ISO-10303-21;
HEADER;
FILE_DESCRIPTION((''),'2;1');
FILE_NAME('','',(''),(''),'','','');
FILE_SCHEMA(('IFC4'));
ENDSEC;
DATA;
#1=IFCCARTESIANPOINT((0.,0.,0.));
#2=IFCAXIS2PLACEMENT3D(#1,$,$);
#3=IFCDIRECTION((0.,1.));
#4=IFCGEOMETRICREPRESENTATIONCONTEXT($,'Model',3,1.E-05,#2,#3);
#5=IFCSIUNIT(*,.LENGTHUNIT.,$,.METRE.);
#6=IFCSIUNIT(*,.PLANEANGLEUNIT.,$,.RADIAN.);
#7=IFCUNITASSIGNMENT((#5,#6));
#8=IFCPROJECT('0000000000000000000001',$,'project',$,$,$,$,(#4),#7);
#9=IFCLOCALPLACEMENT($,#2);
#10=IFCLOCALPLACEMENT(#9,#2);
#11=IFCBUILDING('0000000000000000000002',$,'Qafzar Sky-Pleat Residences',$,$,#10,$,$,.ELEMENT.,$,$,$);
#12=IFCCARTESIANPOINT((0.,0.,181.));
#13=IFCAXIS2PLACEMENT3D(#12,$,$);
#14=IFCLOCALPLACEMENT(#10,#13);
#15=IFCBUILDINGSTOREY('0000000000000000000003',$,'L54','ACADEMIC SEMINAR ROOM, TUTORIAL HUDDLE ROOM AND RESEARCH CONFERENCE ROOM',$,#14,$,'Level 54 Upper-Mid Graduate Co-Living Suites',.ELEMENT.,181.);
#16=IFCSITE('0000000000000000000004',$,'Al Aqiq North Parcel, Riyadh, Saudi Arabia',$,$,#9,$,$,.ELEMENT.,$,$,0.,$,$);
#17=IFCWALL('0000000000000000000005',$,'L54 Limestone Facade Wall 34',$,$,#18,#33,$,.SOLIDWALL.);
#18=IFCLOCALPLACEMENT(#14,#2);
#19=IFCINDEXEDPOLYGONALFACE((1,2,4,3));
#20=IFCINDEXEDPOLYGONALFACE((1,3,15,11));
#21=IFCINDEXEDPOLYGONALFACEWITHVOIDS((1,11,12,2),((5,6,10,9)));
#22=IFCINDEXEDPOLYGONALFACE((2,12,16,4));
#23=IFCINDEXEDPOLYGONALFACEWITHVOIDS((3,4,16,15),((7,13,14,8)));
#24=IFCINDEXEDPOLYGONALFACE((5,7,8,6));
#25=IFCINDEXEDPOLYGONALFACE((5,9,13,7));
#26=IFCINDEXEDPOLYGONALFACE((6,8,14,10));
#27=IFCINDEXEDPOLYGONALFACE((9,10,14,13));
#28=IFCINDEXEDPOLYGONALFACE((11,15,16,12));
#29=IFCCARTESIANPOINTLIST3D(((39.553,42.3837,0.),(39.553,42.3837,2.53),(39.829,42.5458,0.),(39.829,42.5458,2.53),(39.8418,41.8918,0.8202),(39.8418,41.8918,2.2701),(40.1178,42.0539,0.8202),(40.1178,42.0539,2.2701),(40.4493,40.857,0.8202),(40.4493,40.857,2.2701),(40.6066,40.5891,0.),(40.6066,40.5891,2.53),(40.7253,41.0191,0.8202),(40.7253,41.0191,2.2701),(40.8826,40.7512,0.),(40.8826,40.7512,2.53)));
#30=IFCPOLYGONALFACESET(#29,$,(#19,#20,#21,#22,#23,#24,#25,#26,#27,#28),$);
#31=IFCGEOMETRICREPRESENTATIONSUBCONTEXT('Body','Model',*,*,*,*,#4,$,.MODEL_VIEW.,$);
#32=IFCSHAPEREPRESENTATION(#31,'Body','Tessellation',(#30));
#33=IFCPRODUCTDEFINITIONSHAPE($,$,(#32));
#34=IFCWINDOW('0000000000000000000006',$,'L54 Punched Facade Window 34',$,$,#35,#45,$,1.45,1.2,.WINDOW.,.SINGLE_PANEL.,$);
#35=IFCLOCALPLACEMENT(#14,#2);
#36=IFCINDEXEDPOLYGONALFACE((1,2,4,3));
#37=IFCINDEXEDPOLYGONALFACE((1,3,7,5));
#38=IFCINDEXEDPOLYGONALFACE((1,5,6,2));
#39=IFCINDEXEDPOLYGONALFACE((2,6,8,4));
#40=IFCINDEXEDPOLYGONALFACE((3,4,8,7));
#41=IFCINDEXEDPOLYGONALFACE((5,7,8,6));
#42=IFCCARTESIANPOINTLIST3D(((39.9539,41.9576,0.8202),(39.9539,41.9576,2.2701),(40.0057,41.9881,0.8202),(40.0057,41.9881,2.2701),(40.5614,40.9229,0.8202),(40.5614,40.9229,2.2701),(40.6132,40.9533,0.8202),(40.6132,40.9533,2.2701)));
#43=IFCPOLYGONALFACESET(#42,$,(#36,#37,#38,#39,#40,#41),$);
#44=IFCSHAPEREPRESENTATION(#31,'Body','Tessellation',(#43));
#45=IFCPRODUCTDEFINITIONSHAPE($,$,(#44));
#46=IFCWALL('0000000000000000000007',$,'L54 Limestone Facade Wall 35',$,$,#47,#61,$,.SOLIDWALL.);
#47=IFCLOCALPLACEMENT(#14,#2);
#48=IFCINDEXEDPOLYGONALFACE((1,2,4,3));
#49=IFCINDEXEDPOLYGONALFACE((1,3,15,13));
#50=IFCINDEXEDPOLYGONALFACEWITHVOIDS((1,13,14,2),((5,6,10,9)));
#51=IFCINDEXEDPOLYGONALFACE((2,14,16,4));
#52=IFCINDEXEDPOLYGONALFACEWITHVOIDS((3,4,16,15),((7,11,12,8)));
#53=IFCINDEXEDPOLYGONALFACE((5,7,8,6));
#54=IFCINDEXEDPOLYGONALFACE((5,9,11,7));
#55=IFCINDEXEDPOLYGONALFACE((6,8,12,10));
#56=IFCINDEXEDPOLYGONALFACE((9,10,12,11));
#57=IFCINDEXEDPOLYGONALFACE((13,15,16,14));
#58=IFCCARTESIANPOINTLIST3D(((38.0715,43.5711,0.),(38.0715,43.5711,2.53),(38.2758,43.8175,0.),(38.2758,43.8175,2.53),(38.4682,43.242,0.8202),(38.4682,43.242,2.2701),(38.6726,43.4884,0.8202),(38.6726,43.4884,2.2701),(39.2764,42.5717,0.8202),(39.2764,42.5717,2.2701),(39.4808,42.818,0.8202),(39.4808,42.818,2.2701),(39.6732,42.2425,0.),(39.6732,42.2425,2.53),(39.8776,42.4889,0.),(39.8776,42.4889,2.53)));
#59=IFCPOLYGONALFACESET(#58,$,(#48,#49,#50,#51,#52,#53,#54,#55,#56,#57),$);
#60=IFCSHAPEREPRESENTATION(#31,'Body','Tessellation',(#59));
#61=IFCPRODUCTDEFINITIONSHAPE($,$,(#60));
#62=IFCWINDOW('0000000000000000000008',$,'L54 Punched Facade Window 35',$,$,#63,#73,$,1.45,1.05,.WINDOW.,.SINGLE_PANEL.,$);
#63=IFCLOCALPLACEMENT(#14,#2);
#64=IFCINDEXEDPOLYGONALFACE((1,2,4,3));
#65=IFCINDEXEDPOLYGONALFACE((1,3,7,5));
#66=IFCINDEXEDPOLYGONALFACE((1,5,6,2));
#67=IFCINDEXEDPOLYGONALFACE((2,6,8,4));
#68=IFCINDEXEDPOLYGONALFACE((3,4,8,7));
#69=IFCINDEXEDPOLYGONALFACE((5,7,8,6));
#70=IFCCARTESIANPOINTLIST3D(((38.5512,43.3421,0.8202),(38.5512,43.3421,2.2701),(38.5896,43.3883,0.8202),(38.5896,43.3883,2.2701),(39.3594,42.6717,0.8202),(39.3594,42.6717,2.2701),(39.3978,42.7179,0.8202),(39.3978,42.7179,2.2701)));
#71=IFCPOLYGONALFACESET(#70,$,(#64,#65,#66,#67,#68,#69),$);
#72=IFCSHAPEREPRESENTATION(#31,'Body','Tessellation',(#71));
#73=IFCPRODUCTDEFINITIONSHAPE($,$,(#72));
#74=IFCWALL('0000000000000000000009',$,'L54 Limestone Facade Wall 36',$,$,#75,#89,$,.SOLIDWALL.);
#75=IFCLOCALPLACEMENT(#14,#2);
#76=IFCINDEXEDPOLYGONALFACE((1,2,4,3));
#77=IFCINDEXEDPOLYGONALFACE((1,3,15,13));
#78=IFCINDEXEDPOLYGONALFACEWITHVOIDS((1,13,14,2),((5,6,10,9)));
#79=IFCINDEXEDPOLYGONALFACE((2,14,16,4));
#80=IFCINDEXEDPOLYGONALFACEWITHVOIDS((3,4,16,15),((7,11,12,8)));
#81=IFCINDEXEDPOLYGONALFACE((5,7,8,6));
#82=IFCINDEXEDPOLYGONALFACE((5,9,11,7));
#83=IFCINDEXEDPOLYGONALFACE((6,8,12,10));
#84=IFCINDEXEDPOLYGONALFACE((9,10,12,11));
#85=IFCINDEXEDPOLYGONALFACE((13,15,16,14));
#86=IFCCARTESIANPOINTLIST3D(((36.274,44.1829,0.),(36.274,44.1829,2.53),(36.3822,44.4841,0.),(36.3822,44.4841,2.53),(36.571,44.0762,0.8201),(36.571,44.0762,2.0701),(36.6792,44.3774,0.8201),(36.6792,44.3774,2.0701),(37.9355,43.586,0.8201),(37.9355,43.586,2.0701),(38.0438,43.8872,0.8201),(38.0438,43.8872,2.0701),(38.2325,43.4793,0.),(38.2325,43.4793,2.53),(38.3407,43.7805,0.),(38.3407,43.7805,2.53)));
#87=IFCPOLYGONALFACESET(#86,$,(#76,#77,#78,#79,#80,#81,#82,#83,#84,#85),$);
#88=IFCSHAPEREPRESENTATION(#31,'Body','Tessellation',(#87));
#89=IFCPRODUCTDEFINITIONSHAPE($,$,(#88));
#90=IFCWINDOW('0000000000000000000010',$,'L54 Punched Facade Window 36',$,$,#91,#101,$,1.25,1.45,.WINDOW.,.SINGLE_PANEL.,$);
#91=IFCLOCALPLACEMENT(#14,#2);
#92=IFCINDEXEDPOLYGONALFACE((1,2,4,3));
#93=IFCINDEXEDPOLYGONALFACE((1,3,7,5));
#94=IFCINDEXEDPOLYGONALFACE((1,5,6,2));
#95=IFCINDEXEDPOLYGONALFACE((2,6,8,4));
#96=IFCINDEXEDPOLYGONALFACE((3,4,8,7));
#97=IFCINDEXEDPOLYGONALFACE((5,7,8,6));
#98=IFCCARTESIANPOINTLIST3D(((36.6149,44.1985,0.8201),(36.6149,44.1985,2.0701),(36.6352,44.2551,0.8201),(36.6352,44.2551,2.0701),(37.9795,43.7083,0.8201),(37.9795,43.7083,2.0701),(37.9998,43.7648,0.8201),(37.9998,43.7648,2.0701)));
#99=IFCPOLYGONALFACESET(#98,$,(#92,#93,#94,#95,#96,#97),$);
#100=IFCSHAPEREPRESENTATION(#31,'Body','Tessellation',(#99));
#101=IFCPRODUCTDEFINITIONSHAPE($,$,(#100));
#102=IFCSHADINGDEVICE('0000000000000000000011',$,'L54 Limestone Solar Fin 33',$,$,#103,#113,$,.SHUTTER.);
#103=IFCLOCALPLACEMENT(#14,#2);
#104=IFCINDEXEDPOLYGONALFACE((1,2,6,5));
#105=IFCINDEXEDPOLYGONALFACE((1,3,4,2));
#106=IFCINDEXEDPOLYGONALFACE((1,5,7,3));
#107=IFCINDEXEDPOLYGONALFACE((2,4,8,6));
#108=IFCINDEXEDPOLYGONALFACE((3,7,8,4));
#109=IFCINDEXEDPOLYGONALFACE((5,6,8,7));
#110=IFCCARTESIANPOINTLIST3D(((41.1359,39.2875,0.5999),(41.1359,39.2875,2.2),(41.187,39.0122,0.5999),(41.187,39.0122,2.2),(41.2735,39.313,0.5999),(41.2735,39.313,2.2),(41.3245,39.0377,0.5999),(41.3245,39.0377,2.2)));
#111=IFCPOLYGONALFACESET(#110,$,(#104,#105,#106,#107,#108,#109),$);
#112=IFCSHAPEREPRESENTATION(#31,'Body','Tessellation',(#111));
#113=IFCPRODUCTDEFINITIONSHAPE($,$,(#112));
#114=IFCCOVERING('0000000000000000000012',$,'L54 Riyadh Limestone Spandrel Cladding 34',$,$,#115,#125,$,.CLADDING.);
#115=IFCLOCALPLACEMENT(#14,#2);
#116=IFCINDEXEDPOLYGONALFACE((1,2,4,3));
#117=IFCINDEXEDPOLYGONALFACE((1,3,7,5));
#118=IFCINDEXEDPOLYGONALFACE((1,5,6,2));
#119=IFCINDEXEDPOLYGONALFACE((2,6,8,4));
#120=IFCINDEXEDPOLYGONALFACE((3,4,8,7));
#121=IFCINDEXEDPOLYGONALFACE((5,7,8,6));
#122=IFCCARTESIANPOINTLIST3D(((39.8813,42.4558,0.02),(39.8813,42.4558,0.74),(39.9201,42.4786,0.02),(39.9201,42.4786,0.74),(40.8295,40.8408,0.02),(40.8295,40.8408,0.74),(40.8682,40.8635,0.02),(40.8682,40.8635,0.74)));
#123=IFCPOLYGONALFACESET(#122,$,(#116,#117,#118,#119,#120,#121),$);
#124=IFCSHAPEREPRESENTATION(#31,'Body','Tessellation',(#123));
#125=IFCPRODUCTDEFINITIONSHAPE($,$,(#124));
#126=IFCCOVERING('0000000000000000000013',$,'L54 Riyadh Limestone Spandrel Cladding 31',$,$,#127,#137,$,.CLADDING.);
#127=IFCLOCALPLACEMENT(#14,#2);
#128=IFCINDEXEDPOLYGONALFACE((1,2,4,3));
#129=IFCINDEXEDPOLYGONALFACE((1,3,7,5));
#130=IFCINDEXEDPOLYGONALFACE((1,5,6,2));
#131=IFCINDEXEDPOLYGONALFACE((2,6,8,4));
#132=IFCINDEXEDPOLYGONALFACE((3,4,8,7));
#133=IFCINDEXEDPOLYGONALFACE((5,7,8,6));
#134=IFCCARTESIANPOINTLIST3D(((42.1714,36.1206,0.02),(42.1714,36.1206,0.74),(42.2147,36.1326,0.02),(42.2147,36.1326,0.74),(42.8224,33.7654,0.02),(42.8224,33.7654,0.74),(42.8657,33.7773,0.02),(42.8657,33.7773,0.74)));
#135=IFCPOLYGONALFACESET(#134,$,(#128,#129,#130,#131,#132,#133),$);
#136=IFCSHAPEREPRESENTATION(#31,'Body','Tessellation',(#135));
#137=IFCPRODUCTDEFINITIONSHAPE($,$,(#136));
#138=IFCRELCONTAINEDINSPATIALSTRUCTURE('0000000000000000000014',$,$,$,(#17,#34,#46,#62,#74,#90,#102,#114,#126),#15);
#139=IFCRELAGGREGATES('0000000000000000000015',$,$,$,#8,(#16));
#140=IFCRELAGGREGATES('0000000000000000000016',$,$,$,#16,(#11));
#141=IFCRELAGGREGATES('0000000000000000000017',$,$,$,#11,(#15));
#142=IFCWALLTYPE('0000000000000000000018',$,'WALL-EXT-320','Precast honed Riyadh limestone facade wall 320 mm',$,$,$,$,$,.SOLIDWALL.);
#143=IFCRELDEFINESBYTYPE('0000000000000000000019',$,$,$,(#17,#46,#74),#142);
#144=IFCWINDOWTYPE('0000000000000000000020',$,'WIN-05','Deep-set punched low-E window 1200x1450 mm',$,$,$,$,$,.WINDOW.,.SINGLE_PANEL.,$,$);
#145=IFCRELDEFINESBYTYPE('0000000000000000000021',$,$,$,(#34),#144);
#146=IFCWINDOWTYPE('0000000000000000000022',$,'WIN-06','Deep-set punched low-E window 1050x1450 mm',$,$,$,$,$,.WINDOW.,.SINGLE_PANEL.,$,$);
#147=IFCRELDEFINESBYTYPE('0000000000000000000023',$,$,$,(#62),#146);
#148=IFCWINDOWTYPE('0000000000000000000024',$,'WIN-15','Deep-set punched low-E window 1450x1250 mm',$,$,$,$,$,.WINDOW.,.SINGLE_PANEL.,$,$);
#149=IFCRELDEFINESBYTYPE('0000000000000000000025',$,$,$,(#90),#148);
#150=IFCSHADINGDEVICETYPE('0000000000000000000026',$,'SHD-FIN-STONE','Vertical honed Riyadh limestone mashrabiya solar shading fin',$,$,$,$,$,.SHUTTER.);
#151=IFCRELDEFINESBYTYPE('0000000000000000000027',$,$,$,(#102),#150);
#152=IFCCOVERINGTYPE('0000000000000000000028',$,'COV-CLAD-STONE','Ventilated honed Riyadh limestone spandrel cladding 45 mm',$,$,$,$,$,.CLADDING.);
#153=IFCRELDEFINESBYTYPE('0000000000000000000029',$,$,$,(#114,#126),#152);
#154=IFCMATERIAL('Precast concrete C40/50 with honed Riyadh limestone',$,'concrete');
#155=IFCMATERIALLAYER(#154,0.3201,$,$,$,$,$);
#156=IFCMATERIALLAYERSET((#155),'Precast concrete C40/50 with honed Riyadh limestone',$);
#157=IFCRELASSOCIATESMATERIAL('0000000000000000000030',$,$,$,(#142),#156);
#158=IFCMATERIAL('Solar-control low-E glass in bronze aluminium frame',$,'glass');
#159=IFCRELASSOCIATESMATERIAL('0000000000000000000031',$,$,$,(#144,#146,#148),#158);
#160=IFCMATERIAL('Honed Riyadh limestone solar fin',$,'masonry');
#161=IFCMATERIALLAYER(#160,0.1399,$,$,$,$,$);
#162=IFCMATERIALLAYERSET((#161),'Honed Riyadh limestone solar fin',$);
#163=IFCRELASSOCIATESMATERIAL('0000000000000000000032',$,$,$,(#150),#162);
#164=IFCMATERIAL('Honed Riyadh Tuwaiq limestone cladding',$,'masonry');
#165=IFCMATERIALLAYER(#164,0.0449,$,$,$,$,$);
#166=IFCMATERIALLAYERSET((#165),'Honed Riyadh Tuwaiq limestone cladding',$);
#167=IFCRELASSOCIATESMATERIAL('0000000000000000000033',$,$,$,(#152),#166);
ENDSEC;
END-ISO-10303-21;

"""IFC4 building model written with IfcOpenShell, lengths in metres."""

from ifc_helpers import new_model, si_unit, direction, frame, frame_2d, origin, origin_2d, place, context, subcontext, project, spatial, rectangle, extrude, source, transform, mapped, material, layer, layer_set, type_object, element, fill, save


model = new_model("IFC4")

# Units and contexts
model_context = context("Model", 3, precision=1e-05, world=origin(), true_north=direction((0.0, 1.0)))
body_context = subcontext(model_context, "Body", "Model", "MODEL_VIEW")
ifc_project = project(units=[si_unit("LENGTHUNIT", "METRE"), si_unit("PLANEANGLEUNIT", "RADIAN")], contexts=[model_context])

# Site, building, storey
site_placement = place(None, origin())
site = spatial("IfcSite", under=ifc_project, at=site_placement, Name="Al Aqiq North Parcel, Riyadh, Saudi Arabia", CompositionType="ELEMENT", RefElevation=0.0)
building_placement = place(site_placement, origin())
building = spatial("IfcBuilding", under=site, at=building_placement, Name="Qafzar Sky-Pleat Residences", CompositionType="ELEMENT")
storey_placement = place(building_placement, frame((0.0, 0.0, 181.0)))
storey = spatial("IfcBuildingStorey", under=building, at=storey_placement, Name="L54", Description="ACADEMIC SEMINAR ROOM, TUTORIAL HUDDLE ROOM AND RESEARCH CONFERENCE ROOM", LongName="Level 54 Upper-Mid Graduate Co-Living Suites", CompositionType="ELEMENT", Elevation=181.0)

# Walls, openings, windows
ifc_material_1 = material(Name="Precast concrete C40/50 with honed Riyadh limestone", Category="concrete")
ifc_layer_1 = layer(ifc_material_1, 0.3201)
ifc_layer_set_1 = layer_set([ifc_layer_1], Name="Precast concrete C40/50 with honed Riyadh limestone")
wall_type_1 = type_object("IfcWallType", Name="WALL-EXT-320", Description="Precast honed Riyadh limestone facade wall 320 mm", PredefinedType="SOLIDWALL", material=ifc_layer_set_1)
ifc_material_2 = material(Name="Solar-control low-E glass in bronze aluminium frame", Category="glass")
wall_1_placement = place(storey_placement, frame((40.7446, 40.6702, 0.0), z_axis=(0.0, 0.0, 1.0), x_axis=(-0.506312, 0.86235, 0.0)))
wall_1 = element("IfcWall", 1, at=wall_1_placement, inside=storey, type_object=wall_type_1, Name="L54 Limestone Facade Wall 34", PredefinedType="SOLIDWALL", context=body_context, shape_type="SweptSolid", body=[
    extrude(rectangle(XDim=2.0811, YDim=0.3201, at=frame_2d((1.0405, 0.0))), origin(), (0.0, 0.0, 1.0), 2.53),
])
opening_1_placement = place(wall_1_placement, frame((0.3105, 0.0, 0.8201)))
opening_1 = element("IfcOpeningElement", 2, at=opening_1_placement, cuts=wall_1, PredefinedType="OPENING", context=body_context, shape_type="SweptSolid", body=[
    extrude(rectangle(XDim=1.2, YDim=1.45, at=frame_2d((0.6001, 0.7251))), frame((0.0, 0.1699, 0.0), z_axis=(0.0, -1.0, 0.0), x_axis=(1.0, 0.0, 0.0)), (0.0, 0.0, 1.0), 0.3401),
])
window_type_1 = type_object("IfcWindowType", Name="WIN-05", Description="Deep-set punched low-E window 1200x1450 mm", PartitioningType="SINGLE_PANEL", PredefinedType="WINDOW", material=ifc_material_2)
shared_shape_1 = source(origin(), body_context, "Body", "SweptSolid", [
    extrude(rectangle(XDim=1.2, YDim=1.45, at=frame_2d((0.6001, 0.7251))), frame((0.0, 0.03, 0.0), z_axis=(0.0, -1.0, 0.0), x_axis=(1.0, 0.0, 0.0)), (0.0, 0.0, 1.0), 0.0601),
])
window_1_placement = place(opening_1_placement, origin())
window_1 = element("IfcWindow", 3, at=window_1_placement, inside=storey, type_object=window_type_1, Name="L54 Punched Facade Window 34", OverallHeight=1.45, OverallWidth=1.2, PartitioningType="SINGLE_PANEL", PredefinedType="WINDOW", context=body_context, shape_type="MappedRepresentation", body=[
    mapped(shared_shape_1, transform((0.0, 0.0, 0.0), x_axis=(1.0, 0.0, 0.0), y_axis=(0.0, 1.0, 0.0), z_axis=(0.0, 0.0, 1.0), scale=1.0)),
])
fill(opening_1, window_1)
wall_2_placement = place(storey_placement, frame((39.7754, 42.3657, 0.0), z_axis=(0.0, 0.0, 1.0), x_axis=(-0.76969, 0.638417, 0.0)))
wall_2 = element("IfcWall", 4, at=wall_2_placement, inside=storey, type_object=wall_type_1, Name="L54 Limestone Facade Wall 35", PredefinedType="SOLIDWALL", context=body_context, shape_type="SweptSolid", body=[
    extrude(rectangle(XDim=2.0811, YDim=0.3201, at=frame_2d((1.0405, 0.0))), origin(), (0.0, 0.0, 1.0), 2.53),
])
opening_2_placement = place(wall_2_placement, frame((0.5156, 0.0, 0.8201)))
opening_2 = element("IfcOpeningElement", 5, at=opening_2_placement, cuts=wall_2, PredefinedType="OPENING", context=body_context, shape_type="SweptSolid", body=[
    extrude(rectangle(XDim=1.05, YDim=1.45, at=frame_2d((0.5249, 0.7251))), frame((0.0, 0.1699, 0.0), z_axis=(0.0, -1.0, 0.0), x_axis=(1.0, 0.0, 0.0)), (0.0, 0.0, 1.0), 0.3401),
])
window_type_2 = type_object("IfcWindowType", Name="WIN-06", Description="Deep-set punched low-E window 1050x1450 mm", PartitioningType="SINGLE_PANEL", PredefinedType="WINDOW", material=ifc_material_2)
shared_shape_2 = source(origin(), body_context, "Body", "SweptSolid", [
    extrude(rectangle(XDim=1.05, YDim=1.45, at=frame_2d((0.5249, 0.7251))), frame((0.0, 0.03, 0.0), z_axis=(0.0, -1.0, 0.0), x_axis=(1.0, 0.0, 0.0)), (0.0, 0.0, 1.0), 0.0601),
])
window_2_placement = place(opening_2_placement, origin())
window_2 = element("IfcWindow", 6, at=window_2_placement, inside=storey, type_object=window_type_2, Name="L54 Punched Facade Window 35", OverallHeight=1.45, OverallWidth=1.05, PartitioningType="SINGLE_PANEL", PredefinedType="WINDOW", context=body_context, shape_type="MappedRepresentation", body=[
    mapped(shared_shape_2, transform((0.0, 0.0, 0.0), x_axis=(1.0, 0.0, 0.0), y_axis=(0.0, 1.0, 0.0), z_axis=(0.0, 0.0, 1.0), scale=1.0)),
])
fill(opening_2, window_2)
wall_3_placement = place(storey_placement, frame((38.2866, 43.6299, 0.0), z_axis=(0.0, 0.0, 1.0), x_axis=(-0.941109, 0.338105, 0.0)))
wall_3 = element("IfcWall", 7, at=wall_3_placement, inside=storey, type_object=wall_type_1, Name="L54 Limestone Facade Wall 36", PredefinedType="SOLIDWALL", context=body_context, shape_type="SweptSolid", body=[
    extrude(rectangle(XDim=2.0811, YDim=0.3201, at=frame_2d((1.0405, 0.0))), origin(), (0.0, 0.0, 1.0), 2.53),
])
opening_3_placement = place(wall_3_placement, frame((0.3154, 0.0, 0.8201)))
opening_3 = element("IfcOpeningElement", 8, at=opening_3_placement, cuts=wall_3, PredefinedType="OPENING", context=body_context, shape_type="SweptSolid", body=[
    extrude(rectangle(XDim=1.45, YDim=1.25, at=frame_2d((0.7251, 0.625))), frame((0.0, 0.1699, 0.0), z_axis=(0.0, -1.0, 0.0), x_axis=(1.0, 0.0, 0.0)), (0.0, 0.0, 1.0), 0.3401),
])
window_type_3 = type_object("IfcWindowType", Name="WIN-15", Description="Deep-set punched low-E window 1450x1250 mm", PartitioningType="SINGLE_PANEL", PredefinedType="WINDOW", material=ifc_material_2)
shared_shape_3 = source(origin(), body_context, "Body", "SweptSolid", [
    extrude(rectangle(XDim=1.45, YDim=1.25, at=frame_2d((0.7251, 0.625))), frame((0.0, 0.03, 0.0), z_axis=(0.0, -1.0, 0.0), x_axis=(1.0, 0.0, 0.0)), (0.0, 0.0, 1.0), 0.0601),
])
window_3_placement = place(opening_3_placement, origin())
window_3 = element("IfcWindow", 9, at=window_3_placement, inside=storey, type_object=window_type_3, Name="L54 Punched Facade Window 36", OverallHeight=1.25, OverallWidth=1.45, PartitioningType="SINGLE_PANEL", PredefinedType="WINDOW", context=body_context, shape_type="MappedRepresentation", body=[
    mapped(shared_shape_3, transform((0.0, 0.0, 0.0), x_axis=(1.0, 0.0, 0.0), y_axis=(0.0, 1.0, 0.0), z_axis=(0.0, 0.0, 1.0), scale=1.0)),
])
fill(opening_3, window_3)

# Shading device
ifc_material_3 = material(Name="Honed Riyadh limestone solar fin", Category="masonry")
ifc_layer_2 = layer(ifc_material_3, 0.1399)
ifc_layer_set_2 = layer_set([ifc_layer_2], Name="Honed Riyadh limestone solar fin")
shading_device_type = type_object("IfcShadingDeviceType", Name="SHD-FIN-STONE", Description="Vertical honed Riyadh limestone mashrabiya solar shading fin", PredefinedType="SHUTTER", material=ifc_layer_set_2)
shared_shape_4 = source(origin(), body_context, "Body", "SweptSolid", [
    extrude(rectangle(XDim=0.1399, YDim=0.28, at=origin_2d()), origin(), (0.0, 0.0, 1.0), 1.6001),
])
shading_device_placement = place(storey_placement, frame((41.2302, 39.1626, 0.5999), z_axis=(0.0, 0.0, 1.0), x_axis=(0.983217, 0.182439, 0.0)))
element("IfcShadingDevice", 10, at=shading_device_placement, inside=storey, type_object=shading_device_type, Name="L54 Limestone Solar Fin 33", PredefinedType="SHUTTER", context=body_context, shape_type="MappedRepresentation", body=[
    mapped(shared_shape_4, transform((0.0, 0.0, 0.0), x_axis=(1.0, 0.0, 0.0), y_axis=(0.0, 1.0, 0.0), z_axis=(0.0, 0.0, 1.0), scale=1.0)),
])

# Coverings
ifc_material_4 = material(Name="Honed Riyadh Tuwaiq limestone cladding", Category="masonry")
ifc_layer_3 = layer(ifc_material_4, 0.0449)
ifc_layer_set_3 = layer_set([ifc_layer_3], Name="Honed Riyadh Tuwaiq limestone cladding")
covering_type = type_object("IfcCoveringType", Name="COV-CLAD-STONE", Description="Ventilated honed Riyadh limestone spandrel cladding 45 mm", PredefinedType="CLADDING", material=ifc_layer_set_3)
shared_shape_5 = source(origin(), body_context, "Body", "SweptSolid", [
    extrude(rectangle(XDim=1.8728, YDim=0.0449, at=origin_2d()), origin(), (0.0, 0.0, 1.0), 0.72),
])
covering_1_placement = place(storey_placement, frame((40.3748, 41.6597, 0.02), z_axis=(0.0, 0.0, 1.0), x_axis=(-0.506268, 0.862376, 0.0)))
element("IfcCovering", 11, at=covering_1_placement, inside=storey, type_object=covering_type, Name="L54 Riyadh Limestone Spandrel Cladding 34", PredefinedType="CLADDING", context=body_context, shape_type="MappedRepresentation", body=[
    mapped(shared_shape_5, transform((0.0, 0.0, 0.0), x_axis=(1.0, 0.0, 0.0), y_axis=(0.0, 1.0, 0.0), z_axis=(0.0, 0.0, 1.0), scale=1.0)),
])
shared_shape_6 = source(origin(), body_context, "Body", "SweptSolid", [
    extrude(rectangle(XDim=2.4436, YDim=0.0449, at=origin_2d()), origin(), (0.0, 0.0, 1.0), 0.72),
])
covering_2_placement = place(storey_placement, frame((42.5186, 34.949, 0.02), z_axis=(0.0, 0.0, 1.0), x_axis=(-0.266441, 0.963851, 0.0)))
element("IfcCovering", 12, at=covering_2_placement, inside=storey, type_object=covering_type, Name="L54 Riyadh Limestone Spandrel Cladding 31", PredefinedType="CLADDING", context=body_context, shape_type="MappedRepresentation", body=[
    mapped(shared_shape_6, transform((0.0, 0.0, 0.0), x_axis=(1.0, 0.0, 0.0), y_axis=(0.0, 1.0, 0.0), z_axis=(0.0, 0.0, 1.0), scale=1.0)),
])

save(model, "model.ifc")
